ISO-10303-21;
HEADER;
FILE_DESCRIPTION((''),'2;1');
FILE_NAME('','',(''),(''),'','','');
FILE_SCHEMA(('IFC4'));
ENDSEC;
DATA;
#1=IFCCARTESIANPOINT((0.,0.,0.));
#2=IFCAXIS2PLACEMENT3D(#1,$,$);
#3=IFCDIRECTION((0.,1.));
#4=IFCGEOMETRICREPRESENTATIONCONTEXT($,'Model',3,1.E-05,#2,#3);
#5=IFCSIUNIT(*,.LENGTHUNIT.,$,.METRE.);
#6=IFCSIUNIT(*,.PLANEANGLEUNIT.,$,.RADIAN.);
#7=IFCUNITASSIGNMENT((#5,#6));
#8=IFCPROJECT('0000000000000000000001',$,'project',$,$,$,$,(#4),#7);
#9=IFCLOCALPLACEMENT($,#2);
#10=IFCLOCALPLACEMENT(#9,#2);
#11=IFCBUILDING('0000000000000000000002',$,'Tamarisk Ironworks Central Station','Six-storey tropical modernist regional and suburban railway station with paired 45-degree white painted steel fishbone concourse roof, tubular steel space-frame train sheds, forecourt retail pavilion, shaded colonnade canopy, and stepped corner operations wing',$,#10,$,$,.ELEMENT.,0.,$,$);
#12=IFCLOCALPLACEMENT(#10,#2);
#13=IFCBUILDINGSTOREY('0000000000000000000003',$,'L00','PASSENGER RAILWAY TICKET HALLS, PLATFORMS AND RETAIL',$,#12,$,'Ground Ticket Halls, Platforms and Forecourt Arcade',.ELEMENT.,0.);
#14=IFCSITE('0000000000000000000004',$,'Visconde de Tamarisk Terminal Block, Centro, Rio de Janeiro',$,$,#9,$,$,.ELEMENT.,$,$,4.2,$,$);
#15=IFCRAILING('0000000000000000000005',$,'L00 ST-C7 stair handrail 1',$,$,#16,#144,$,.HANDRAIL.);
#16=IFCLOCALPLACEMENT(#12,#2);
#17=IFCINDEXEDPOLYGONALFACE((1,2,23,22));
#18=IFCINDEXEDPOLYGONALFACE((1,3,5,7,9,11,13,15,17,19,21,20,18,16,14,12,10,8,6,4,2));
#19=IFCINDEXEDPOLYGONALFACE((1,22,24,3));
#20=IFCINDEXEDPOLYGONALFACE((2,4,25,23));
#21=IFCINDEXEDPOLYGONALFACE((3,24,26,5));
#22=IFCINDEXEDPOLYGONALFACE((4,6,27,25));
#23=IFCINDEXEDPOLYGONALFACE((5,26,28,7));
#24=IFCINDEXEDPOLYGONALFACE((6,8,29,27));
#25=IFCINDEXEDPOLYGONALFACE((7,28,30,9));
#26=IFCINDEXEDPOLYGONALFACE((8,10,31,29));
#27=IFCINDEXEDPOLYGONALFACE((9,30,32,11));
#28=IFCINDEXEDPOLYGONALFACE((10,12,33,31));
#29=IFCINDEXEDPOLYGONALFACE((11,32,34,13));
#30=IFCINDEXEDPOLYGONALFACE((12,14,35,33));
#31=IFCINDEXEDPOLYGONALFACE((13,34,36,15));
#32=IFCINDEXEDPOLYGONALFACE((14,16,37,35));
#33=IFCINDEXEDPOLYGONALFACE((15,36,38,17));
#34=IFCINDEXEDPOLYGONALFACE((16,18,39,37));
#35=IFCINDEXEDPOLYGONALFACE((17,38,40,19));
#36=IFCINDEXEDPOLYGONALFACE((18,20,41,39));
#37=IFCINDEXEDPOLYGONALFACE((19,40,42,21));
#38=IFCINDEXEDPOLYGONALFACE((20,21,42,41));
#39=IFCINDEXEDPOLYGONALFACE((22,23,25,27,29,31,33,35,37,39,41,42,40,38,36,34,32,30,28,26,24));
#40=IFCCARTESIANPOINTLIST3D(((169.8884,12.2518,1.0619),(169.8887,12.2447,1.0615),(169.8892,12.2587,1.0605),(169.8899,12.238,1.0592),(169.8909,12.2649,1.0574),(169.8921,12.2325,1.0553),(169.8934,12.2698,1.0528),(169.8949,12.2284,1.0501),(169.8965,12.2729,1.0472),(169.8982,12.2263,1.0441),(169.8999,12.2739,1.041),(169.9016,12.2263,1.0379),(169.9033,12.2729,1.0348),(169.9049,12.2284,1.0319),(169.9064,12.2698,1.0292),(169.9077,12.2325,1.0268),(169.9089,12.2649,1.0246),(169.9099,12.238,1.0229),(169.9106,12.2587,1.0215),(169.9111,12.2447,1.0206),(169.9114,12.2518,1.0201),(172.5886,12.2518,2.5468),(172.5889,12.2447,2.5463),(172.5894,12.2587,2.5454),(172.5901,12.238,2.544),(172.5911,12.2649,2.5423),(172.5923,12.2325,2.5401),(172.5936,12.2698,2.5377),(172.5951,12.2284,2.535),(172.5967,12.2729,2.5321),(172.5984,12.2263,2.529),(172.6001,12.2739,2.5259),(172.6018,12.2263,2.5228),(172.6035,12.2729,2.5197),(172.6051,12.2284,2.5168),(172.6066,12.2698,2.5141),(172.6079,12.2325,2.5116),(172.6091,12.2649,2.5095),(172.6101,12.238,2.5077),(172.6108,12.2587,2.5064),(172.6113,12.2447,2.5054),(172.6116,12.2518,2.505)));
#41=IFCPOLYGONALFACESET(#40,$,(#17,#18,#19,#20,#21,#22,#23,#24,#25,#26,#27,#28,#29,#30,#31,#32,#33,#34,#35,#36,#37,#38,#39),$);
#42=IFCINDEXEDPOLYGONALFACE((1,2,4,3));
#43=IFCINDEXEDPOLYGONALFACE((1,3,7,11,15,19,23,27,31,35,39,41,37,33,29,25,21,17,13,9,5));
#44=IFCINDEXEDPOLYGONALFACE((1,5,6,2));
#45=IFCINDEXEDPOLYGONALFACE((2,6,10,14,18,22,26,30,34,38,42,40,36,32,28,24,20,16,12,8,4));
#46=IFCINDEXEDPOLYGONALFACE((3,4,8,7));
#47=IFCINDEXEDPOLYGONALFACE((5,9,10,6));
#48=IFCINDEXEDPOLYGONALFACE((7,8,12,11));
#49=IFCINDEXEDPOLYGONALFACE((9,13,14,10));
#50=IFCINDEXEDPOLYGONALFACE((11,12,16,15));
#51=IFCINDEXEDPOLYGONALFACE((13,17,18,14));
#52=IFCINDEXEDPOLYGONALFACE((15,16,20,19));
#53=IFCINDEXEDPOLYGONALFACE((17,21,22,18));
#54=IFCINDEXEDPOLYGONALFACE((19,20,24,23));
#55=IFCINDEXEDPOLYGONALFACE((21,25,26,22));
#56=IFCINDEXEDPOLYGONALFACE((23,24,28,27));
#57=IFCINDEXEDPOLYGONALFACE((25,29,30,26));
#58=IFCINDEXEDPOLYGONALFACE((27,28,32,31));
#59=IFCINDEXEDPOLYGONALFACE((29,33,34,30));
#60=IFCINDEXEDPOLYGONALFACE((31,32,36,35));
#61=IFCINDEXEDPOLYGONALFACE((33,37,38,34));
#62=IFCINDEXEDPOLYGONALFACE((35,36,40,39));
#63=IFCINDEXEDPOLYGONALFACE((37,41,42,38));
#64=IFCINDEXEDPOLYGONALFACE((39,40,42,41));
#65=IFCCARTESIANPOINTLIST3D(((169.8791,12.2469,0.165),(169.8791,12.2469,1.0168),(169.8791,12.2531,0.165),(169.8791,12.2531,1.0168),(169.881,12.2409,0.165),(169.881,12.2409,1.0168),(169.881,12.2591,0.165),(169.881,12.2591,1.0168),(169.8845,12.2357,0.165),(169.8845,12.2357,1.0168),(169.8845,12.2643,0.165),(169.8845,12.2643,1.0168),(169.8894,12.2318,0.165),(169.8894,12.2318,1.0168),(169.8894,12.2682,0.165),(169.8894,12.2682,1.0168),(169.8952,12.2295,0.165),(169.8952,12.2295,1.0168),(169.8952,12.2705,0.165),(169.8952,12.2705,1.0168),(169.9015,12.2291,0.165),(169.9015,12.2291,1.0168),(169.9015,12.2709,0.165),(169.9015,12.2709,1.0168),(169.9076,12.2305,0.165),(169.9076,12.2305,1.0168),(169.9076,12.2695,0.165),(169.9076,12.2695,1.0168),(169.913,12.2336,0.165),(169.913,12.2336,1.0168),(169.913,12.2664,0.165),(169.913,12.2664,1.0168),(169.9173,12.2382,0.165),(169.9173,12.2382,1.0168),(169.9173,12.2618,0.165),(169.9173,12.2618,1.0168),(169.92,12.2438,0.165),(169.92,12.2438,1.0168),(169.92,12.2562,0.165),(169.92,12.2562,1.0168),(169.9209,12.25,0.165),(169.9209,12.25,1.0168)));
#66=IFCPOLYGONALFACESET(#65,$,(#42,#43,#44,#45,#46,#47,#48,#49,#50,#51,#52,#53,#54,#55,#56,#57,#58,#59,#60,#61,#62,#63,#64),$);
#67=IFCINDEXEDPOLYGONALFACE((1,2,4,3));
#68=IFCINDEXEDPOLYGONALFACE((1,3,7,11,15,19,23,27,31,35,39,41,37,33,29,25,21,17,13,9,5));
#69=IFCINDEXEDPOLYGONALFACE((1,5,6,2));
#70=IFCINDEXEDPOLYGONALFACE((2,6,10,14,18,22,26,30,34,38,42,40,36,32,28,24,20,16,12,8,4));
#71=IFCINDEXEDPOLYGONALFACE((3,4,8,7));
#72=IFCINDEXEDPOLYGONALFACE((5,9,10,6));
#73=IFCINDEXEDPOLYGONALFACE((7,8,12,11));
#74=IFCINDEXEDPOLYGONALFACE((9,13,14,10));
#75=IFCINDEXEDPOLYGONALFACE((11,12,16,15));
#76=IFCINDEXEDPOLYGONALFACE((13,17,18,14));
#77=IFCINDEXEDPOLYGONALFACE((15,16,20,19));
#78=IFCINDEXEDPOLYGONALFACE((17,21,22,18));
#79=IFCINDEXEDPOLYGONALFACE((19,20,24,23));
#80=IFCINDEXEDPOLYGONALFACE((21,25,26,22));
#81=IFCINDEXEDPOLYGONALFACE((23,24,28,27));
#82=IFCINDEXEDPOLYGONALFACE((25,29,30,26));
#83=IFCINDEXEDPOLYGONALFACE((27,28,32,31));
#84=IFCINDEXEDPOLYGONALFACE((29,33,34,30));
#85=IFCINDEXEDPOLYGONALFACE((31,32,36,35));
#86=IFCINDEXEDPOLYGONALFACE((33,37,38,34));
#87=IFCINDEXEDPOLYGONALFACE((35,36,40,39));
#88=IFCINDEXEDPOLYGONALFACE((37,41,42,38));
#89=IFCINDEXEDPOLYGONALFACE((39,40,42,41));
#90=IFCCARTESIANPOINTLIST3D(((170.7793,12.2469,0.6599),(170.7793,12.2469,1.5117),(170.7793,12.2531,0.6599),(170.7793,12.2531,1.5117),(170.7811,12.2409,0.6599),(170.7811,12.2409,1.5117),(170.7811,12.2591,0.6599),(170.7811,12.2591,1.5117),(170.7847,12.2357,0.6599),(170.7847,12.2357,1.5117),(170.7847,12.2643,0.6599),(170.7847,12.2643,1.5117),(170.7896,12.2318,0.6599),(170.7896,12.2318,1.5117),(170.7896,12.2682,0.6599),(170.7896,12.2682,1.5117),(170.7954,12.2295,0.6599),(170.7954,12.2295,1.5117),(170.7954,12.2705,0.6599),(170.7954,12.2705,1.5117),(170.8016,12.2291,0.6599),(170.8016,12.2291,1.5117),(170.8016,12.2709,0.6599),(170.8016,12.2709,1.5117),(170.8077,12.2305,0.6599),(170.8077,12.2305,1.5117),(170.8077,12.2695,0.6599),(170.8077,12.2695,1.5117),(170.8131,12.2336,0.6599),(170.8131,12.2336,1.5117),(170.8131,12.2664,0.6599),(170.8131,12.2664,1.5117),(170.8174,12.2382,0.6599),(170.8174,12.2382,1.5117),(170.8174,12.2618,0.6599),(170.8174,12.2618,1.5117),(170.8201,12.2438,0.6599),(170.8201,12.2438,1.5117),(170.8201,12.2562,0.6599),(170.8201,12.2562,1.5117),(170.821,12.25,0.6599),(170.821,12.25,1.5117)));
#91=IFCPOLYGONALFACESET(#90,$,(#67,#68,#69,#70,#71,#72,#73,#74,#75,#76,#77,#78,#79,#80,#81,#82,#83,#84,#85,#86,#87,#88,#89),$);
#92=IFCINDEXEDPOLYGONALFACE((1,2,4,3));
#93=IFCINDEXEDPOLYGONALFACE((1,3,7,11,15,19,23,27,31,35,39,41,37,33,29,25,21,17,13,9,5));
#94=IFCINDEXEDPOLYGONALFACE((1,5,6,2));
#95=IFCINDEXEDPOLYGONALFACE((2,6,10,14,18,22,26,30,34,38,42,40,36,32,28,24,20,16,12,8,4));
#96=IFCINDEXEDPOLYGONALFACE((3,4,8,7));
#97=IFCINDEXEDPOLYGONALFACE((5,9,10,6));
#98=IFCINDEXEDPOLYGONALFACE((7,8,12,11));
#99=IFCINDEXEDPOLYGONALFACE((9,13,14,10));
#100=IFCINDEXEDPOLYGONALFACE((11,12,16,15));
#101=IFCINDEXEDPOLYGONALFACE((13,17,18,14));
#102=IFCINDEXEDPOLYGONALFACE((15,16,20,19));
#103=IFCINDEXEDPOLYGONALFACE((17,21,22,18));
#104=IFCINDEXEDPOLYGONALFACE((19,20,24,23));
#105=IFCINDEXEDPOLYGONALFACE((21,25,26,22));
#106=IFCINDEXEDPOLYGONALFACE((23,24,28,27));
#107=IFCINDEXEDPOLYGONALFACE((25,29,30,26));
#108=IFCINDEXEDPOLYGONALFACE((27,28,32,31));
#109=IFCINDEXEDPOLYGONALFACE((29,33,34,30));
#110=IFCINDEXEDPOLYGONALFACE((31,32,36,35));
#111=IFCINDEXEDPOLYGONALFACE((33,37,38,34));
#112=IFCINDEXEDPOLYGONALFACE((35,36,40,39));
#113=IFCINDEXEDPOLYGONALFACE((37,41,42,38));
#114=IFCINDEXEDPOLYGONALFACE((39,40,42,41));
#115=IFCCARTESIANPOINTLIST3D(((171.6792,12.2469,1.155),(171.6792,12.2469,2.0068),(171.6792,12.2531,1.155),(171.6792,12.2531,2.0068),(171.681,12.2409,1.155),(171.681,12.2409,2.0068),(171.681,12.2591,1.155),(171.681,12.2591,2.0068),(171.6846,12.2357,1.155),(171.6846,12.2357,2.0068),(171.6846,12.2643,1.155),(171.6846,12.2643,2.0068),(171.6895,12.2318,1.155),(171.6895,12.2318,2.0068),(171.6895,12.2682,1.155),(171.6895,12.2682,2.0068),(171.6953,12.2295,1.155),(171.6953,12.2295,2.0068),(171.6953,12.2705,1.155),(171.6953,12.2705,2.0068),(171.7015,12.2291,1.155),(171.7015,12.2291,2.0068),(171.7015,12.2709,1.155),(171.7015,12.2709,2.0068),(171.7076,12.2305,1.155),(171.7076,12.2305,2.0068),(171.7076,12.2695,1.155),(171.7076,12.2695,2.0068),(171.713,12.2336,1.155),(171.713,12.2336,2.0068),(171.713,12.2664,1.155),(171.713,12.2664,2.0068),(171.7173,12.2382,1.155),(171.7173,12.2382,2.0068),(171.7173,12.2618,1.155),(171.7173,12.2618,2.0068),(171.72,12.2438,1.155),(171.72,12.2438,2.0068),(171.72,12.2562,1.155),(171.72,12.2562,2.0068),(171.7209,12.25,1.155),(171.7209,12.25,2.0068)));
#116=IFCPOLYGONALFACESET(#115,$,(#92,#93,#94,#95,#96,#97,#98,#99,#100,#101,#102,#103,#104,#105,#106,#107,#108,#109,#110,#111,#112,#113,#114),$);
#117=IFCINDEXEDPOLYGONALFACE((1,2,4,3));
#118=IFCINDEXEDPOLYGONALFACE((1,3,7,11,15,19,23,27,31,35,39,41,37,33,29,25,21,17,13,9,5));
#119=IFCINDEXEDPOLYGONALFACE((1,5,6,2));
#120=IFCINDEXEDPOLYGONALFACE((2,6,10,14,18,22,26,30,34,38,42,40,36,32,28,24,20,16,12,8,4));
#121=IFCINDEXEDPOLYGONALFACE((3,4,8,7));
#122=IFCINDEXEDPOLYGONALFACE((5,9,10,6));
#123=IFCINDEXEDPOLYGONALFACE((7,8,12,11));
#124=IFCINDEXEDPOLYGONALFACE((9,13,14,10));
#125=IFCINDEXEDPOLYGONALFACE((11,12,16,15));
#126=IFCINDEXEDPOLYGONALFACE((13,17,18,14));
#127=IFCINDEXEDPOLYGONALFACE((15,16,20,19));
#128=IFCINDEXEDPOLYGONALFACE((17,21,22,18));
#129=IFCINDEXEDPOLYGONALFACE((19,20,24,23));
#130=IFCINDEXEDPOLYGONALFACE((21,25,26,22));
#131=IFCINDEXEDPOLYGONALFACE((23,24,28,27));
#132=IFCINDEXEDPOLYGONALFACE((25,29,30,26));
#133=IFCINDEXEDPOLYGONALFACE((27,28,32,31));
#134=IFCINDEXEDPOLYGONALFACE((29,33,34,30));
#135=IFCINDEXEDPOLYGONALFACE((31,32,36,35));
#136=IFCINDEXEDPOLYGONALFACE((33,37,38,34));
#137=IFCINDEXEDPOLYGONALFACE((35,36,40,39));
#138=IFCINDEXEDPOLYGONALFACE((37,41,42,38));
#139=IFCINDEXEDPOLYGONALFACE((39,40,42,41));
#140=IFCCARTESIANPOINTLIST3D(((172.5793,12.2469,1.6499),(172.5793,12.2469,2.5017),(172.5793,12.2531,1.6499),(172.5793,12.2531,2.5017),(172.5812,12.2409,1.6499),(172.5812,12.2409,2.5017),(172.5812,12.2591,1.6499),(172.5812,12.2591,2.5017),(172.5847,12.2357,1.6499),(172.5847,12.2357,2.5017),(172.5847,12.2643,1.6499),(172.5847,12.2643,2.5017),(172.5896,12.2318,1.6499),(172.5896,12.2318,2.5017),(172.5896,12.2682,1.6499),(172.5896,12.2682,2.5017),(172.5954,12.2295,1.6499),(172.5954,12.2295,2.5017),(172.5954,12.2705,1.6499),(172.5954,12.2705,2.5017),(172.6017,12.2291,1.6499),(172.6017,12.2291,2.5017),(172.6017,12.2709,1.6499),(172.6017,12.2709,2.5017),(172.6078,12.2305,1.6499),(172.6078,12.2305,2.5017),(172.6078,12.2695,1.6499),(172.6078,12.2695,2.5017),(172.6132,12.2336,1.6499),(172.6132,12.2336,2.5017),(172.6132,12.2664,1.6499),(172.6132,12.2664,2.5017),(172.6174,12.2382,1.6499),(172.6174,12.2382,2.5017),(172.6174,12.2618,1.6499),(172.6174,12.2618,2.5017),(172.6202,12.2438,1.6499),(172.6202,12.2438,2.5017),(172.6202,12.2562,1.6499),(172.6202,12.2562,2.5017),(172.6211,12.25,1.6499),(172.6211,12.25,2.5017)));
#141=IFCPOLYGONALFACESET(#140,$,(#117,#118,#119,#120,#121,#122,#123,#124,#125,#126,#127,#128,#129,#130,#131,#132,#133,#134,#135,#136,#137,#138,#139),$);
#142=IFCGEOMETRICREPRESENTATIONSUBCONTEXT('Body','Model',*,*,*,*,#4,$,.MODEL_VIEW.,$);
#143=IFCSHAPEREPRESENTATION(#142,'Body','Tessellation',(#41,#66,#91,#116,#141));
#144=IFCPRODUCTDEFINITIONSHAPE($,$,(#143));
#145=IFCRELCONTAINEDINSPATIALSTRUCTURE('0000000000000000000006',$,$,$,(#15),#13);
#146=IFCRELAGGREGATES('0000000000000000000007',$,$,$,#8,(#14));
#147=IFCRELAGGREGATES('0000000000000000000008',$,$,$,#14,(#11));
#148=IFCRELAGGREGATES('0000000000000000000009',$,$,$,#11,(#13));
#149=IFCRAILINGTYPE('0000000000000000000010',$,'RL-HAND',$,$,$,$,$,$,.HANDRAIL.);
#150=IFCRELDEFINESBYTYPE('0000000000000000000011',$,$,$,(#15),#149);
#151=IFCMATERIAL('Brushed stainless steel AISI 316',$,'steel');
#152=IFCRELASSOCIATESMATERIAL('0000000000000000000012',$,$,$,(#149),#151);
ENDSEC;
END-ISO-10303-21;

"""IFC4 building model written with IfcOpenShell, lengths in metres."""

from ifc_helpers import new_model, si_unit, direction, frame, origin, origin_2d, place, context, subcontext, project, spatial, circle, extrude, material, type_object, element, save


model = new_model("IFC4")

# Units and contexts
model_context = context("Model", 3, precision=1e-05, world=origin(), true_north=direction((0.0, 1.0)))
body_context = subcontext(model_context, "Body", "Model", "MODEL_VIEW")
ifc_project = project(units=[si_unit("LENGTHUNIT", "METRE"), si_unit("PLANEANGLEUNIT", "RADIAN")], contexts=[model_context])

# Site, building, storey
site_placement = place(None, origin())
site = spatial("IfcSite", under=ifc_project, at=site_placement, Name="Visconde de Tamarisk Terminal Block, Centro, Rio de Janeiro", CompositionType="ELEMENT", RefElevation=4.2)
building_placement = place(site_placement, origin())
building = spatial("IfcBuilding", under=site, at=building_placement, Name="Tamarisk Ironworks Central Station", Description="Six-storey tropical modernist regional and suburban railway station with paired 45-degree white painted steel fishbone concourse roof, tubular steel space-frame train sheds, forecourt retail pavilion, shaded colonnade canopy, and stepped corner operations wing", CompositionType="ELEMENT", ElevationOfRefHeight=0.0)
storey_placement = place(building_placement, origin())
storey = spatial("IfcBuildingStorey", under=building, at=storey_placement, Name="L00", Description="PASSENGER RAILWAY TICKET HALLS, PLATFORMS AND RETAIL", LongName="Ground Ticket Halls, Platforms and Forecourt Arcade", CompositionType="ELEMENT", Elevation=0.0)

# Railing
ifc_material_1 = material(Name="Brushed stainless steel AISI 316", Category="steel")
railing_type_1 = type_object("IfcRailingType", Name="RL-HAND", PredefinedType="HANDRAIL", material=ifc_material_1)
railing_1_placement = place(storey_placement, frame((169.8999, 12.25, 0.165)))
element("IfcRailing", 1, at=railing_1_placement, inside=storey, type_object=railing_type_1, Name="L00 ST-C7 stair handrail 1", PredefinedType="HANDRAIL", context=body_context, shape_type="SweptSolid", body=[
    extrude(circle(Radius=0.0239, at=origin_2d()), frame((0.0, 0.0, 0.876), z_axis=(0.876249, 0.0, 0.481858), x_axis=(0.0, 1.0, 0.0)), (0.0, 0.0, 1.0), 3.0815),
    extrude(circle(Radius=0.021, at=origin_2d()), origin(), (0.0, 0.0, 1.0), 0.8518),
    extrude(circle(Radius=0.021, at=origin_2d()), frame((0.9001, 0.0, 0.4949)), (0.0, 0.0, 1.0), 0.8518),
    extrude(circle(Radius=0.021, at=origin_2d()), frame((1.8, 0.0, 0.99)), (0.0, 0.0, 1.0), 0.8518),
    extrude(circle(Radius=0.021, at=origin_2d()), frame((2.7002, 0.0, 1.4849)), (0.0, 0.0, 1.0), 0.8518),
])

save(model, "model.ifc")
